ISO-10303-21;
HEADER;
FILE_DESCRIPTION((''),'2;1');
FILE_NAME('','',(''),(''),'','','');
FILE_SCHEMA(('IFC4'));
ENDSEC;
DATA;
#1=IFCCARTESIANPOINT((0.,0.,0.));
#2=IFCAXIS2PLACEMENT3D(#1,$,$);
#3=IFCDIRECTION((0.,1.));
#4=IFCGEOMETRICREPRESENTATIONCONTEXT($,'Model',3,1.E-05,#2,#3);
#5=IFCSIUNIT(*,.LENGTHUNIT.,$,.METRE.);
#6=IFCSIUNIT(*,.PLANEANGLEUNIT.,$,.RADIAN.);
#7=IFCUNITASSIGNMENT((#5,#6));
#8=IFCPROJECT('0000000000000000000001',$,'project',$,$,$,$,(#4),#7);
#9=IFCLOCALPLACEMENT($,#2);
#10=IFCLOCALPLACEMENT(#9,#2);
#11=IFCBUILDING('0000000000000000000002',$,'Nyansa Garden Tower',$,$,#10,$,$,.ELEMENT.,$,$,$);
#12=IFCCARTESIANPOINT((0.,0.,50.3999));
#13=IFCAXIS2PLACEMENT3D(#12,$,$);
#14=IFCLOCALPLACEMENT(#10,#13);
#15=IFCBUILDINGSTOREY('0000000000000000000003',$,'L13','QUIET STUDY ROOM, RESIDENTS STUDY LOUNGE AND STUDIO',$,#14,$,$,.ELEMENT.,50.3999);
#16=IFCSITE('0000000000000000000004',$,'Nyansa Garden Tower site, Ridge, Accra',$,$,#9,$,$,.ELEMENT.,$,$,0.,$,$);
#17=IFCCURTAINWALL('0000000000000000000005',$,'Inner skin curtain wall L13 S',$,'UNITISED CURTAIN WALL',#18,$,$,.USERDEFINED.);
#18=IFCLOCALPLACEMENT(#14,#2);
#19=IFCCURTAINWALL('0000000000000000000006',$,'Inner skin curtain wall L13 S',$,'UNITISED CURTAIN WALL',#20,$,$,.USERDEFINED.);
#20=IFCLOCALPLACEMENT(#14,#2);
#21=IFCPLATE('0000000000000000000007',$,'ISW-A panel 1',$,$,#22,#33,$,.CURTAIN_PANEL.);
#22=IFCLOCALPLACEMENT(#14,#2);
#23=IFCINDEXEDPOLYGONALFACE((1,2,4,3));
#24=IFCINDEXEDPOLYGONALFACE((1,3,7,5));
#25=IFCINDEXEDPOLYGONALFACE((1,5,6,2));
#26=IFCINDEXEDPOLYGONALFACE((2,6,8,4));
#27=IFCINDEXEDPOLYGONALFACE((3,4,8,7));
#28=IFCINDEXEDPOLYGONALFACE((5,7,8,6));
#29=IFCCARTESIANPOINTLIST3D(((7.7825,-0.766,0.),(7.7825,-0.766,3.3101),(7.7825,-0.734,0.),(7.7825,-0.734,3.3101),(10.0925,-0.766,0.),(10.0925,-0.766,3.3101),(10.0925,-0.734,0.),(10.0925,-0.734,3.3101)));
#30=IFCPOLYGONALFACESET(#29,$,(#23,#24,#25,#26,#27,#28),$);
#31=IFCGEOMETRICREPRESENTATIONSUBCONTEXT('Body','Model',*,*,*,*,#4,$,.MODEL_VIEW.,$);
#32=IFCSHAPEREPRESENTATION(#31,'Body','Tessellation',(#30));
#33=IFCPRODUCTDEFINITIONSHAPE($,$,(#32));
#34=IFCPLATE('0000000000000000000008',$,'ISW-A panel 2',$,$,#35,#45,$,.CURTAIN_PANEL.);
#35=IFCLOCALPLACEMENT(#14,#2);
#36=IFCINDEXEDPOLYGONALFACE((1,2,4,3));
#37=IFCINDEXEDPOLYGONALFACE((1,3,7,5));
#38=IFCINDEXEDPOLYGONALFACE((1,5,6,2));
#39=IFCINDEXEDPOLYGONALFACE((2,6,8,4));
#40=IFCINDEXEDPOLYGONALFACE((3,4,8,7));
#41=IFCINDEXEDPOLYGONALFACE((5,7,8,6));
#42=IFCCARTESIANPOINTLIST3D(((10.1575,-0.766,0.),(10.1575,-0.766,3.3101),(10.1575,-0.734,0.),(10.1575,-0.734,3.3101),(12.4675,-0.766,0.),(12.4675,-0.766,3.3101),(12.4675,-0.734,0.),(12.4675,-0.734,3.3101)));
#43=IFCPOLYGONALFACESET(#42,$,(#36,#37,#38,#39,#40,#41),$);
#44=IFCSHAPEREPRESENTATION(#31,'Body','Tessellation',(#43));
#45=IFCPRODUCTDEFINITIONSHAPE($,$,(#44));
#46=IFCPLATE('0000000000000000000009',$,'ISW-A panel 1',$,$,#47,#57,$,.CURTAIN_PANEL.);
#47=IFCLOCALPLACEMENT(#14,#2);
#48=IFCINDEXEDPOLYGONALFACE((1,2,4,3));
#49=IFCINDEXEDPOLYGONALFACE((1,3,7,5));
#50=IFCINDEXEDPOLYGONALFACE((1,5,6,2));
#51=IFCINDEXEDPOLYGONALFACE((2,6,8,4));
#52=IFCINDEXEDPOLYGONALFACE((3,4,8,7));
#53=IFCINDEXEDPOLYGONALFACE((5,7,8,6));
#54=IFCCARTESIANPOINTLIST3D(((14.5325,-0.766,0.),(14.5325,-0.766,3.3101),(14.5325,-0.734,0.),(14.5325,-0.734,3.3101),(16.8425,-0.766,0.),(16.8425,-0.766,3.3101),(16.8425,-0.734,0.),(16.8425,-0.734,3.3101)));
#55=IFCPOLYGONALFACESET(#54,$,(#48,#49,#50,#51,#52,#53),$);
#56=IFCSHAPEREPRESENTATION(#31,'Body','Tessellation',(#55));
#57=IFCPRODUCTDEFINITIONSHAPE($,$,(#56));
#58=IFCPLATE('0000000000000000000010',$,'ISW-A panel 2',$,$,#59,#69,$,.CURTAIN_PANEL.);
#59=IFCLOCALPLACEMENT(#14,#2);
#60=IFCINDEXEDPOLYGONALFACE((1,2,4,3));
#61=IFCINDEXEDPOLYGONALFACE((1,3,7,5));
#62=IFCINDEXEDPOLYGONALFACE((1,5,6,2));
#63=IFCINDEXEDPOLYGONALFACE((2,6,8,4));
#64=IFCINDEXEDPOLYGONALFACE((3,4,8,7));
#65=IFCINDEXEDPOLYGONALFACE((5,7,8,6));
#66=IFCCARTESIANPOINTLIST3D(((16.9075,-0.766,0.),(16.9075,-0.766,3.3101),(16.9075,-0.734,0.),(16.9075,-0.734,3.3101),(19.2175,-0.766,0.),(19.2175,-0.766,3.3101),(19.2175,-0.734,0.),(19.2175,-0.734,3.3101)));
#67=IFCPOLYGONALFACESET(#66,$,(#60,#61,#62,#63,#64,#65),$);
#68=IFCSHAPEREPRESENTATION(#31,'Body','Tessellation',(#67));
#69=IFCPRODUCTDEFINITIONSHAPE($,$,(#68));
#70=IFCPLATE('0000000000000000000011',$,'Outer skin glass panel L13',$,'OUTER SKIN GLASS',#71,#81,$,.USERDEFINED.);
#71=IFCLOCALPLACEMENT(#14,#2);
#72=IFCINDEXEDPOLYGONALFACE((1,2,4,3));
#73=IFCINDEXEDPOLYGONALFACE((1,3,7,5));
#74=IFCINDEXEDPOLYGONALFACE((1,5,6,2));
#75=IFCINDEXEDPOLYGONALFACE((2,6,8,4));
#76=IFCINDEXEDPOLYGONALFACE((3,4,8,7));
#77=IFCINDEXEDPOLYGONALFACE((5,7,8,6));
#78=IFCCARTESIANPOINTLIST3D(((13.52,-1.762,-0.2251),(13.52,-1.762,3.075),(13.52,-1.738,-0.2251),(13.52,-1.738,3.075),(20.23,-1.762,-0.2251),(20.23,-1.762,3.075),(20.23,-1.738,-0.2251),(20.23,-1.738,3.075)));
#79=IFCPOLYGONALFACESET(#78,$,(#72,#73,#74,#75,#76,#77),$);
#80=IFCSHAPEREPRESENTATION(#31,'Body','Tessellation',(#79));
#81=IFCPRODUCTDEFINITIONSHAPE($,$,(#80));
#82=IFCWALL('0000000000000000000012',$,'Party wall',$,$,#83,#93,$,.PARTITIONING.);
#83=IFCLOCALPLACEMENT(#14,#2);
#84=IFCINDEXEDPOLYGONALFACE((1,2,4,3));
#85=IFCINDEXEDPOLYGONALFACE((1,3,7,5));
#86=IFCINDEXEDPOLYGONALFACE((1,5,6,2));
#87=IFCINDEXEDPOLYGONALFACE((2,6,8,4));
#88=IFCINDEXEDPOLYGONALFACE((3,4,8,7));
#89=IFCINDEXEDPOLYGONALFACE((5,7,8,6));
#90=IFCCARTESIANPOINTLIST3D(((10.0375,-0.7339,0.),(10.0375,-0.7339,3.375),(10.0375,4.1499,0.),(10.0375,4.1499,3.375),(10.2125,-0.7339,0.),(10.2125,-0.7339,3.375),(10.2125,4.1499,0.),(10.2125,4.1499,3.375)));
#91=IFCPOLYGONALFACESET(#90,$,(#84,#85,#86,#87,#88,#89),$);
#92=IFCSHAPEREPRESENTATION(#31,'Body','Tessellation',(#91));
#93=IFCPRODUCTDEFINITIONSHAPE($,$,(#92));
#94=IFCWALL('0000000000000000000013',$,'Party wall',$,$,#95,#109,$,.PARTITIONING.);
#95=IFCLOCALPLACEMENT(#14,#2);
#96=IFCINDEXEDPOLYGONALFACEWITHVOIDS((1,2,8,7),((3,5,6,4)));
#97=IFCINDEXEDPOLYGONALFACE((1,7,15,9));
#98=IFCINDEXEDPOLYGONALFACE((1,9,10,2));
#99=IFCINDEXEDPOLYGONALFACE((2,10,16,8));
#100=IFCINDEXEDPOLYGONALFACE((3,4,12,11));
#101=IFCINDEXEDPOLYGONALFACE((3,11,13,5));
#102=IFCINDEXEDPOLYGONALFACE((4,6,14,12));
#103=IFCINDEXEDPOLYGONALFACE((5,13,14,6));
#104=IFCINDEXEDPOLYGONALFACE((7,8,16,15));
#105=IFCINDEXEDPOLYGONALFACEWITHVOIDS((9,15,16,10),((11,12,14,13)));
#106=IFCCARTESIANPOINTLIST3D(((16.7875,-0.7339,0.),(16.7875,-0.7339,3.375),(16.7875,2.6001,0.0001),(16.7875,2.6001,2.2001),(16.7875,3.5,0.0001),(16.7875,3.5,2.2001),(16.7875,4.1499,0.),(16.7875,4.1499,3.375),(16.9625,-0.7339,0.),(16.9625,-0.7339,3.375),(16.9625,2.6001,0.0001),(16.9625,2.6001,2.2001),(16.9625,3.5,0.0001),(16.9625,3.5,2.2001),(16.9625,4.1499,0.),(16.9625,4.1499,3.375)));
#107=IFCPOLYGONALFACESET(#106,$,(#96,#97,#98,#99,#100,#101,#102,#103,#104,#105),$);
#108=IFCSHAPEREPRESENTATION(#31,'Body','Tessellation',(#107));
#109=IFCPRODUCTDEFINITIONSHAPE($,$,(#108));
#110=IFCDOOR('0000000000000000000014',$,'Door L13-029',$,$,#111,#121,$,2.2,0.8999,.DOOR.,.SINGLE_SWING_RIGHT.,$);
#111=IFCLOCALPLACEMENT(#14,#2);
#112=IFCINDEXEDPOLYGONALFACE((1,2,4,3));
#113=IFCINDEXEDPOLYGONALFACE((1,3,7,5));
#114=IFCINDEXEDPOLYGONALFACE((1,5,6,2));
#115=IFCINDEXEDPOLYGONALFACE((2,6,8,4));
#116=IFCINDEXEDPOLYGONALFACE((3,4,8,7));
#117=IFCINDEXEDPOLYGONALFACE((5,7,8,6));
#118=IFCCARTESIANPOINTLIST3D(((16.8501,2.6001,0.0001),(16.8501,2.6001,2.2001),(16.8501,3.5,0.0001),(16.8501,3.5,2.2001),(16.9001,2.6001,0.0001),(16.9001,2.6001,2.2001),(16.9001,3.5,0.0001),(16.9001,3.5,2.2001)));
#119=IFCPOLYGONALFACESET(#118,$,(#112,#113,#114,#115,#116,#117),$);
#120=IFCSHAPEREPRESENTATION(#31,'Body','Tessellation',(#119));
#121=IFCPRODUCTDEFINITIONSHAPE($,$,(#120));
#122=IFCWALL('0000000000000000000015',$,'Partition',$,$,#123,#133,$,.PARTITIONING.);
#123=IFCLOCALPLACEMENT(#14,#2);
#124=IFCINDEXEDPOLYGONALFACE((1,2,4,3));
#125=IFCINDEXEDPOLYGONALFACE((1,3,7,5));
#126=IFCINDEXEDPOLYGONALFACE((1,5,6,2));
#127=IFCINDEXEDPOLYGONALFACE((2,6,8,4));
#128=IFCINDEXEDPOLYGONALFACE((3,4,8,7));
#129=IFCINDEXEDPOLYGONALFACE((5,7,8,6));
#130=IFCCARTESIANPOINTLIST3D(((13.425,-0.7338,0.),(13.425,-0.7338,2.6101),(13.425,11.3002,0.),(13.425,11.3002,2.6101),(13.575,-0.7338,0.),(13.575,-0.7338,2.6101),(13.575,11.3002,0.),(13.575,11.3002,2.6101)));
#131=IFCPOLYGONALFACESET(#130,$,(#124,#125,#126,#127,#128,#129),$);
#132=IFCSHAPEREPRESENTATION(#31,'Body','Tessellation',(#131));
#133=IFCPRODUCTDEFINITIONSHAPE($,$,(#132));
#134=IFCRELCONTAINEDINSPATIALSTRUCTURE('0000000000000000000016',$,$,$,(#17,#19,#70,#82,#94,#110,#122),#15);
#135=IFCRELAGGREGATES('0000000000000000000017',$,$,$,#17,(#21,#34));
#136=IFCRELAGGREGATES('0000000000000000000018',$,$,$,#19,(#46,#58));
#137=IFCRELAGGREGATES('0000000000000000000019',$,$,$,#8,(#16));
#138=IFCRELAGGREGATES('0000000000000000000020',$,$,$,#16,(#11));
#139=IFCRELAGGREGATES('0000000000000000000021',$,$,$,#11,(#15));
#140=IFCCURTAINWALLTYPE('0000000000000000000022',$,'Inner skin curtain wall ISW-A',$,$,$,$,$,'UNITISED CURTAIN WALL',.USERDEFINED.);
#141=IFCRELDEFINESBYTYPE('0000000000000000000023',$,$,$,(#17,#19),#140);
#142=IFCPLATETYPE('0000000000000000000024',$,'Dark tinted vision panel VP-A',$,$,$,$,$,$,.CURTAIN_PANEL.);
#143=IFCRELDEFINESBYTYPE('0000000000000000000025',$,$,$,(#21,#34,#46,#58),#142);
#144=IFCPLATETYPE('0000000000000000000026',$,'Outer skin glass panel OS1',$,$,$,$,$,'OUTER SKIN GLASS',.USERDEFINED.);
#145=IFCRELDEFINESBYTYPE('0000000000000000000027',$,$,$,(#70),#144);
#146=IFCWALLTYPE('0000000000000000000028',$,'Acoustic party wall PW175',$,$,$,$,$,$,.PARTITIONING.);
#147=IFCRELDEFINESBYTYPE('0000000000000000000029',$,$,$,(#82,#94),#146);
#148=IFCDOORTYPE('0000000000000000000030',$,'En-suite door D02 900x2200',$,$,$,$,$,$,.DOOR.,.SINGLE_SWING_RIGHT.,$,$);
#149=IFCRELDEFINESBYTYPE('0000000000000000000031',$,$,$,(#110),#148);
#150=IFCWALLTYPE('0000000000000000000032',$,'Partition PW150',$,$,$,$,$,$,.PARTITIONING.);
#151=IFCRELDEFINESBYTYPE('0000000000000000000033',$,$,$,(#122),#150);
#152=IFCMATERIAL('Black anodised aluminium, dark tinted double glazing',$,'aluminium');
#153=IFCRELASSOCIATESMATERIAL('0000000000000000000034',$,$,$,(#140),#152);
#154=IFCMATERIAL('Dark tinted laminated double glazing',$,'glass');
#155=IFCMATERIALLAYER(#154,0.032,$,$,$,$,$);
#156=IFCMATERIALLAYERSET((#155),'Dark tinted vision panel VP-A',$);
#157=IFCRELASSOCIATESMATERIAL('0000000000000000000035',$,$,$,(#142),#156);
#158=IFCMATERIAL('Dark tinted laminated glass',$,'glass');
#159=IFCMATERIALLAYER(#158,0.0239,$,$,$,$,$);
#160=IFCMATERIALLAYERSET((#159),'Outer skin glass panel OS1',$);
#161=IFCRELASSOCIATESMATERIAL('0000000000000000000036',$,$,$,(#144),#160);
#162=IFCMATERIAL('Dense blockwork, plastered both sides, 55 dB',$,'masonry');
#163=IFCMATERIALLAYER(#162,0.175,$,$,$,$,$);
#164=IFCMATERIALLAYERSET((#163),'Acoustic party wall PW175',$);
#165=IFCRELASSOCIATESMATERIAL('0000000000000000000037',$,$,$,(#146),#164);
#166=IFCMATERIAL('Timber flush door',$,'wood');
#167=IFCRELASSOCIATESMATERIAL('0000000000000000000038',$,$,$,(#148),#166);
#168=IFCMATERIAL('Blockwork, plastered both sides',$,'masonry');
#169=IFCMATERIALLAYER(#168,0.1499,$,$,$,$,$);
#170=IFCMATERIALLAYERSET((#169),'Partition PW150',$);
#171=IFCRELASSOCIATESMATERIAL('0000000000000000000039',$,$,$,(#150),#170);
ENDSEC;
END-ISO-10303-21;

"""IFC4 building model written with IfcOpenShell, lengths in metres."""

from ifc_helpers import new_model, si_unit, direction, frame, frame_2d, origin, origin_2d, place, context, subcontext, project, spatial, rectangle, extrude, material, layer, layer_set, type_object, element, fill, aggregate, save


model = new_model("IFC4")

# Units and contexts
model_context = context("Model", 3, precision=1e-05, world=origin(), true_north=direction((0.0, 1.0)))
body_context = subcontext(model_context, "Body", "Model", "MODEL_VIEW")
ifc_project = project(units=[si_unit("LENGTHUNIT", "METRE"), si_unit("PLANEANGLEUNIT", "RADIAN")], contexts=[model_context])

# Site, building, storey
site_placement = place(None, origin())
site = spatial("IfcSite", under=ifc_project, at=site_placement, Name="Nyansa Garden Tower site, Ridge, Accra", CompositionType="ELEMENT", RefElevation=0.0)
building_placement = place(site_placement, origin())
building = spatial("IfcBuilding", under=site, at=building_placement, Name="Nyansa Garden Tower", CompositionType="ELEMENT")
storey_placement = place(building_placement, frame((0.0, 0.0, 50.3999)))
storey = spatial("IfcBuildingStorey", under=building, at=storey_placement, Name="L13", Description="QUIET STUDY ROOM, RESIDENTS STUDY LOUNGE AND STUDIO", CompositionType="ELEMENT", Elevation=50.3999)

# Curtain walls
ifc_material_1 = material(Name="Black anodised aluminium, dark tinted double glazing", Category="aluminium")
curtain_wall_type = type_object("IfcCurtainWallType", Name="Inner skin curtain wall ISW-A", ElementType="UNITISED CURTAIN WALL", PredefinedType="USERDEFINED", material=ifc_material_1)
curtain_wall_1_placement = place(storey_placement, origin())
curtain_wall_1 = element("IfcCurtainWall", 1, at=curtain_wall_1_placement, inside=storey, type_object=curtain_wall_type, Name="Inner skin curtain wall L13 S", ObjectType="UNITISED CURTAIN WALL", PredefinedType="USERDEFINED")
curtain_wall_2_placement = place(storey_placement, origin())
curtain_wall_2 = element("IfcCurtainWall", 2, at=curtain_wall_2_placement, inside=storey, type_object=curtain_wall_type, Name="Inner skin curtain wall L13 S", ObjectType="UNITISED CURTAIN WALL", PredefinedType="USERDEFINED")

# Plates
ifc_material_2 = material(Name="Dark tinted laminated double glazing", Category="glass")
ifc_layer_1 = layer(ifc_material_2, 0.032)
ifc_layer_set_1 = layer_set([ifc_layer_1], Name="Dark tinted vision panel VP-A")
plate_type_1 = type_object("IfcPlateType", Name="Dark tinted vision panel VP-A", PredefinedType="CURTAIN_PANEL", material=ifc_layer_set_1)
plate_1_placement = place(storey_placement, frame((8.9375, -0.75, 0.0), z_axis=(0.0, 0.0, 1.0), x_axis=(1.0, 0.0, 0.0)))
plate_1 = element("IfcPlate", 3, at=plate_1_placement, type_object=plate_type_1, Name="ISW-A panel 1", PredefinedType="CURTAIN_PANEL", context=body_context, shape_type="SweptSolid", body=[
    extrude(rectangle(XDim=2.3101, YDim=0.032, at=origin_2d()), origin(), (0.0, 0.0, 1.0), 3.3101),
])
plate_2_placement = place(storey_placement, frame((11.3125, -0.75, 0.0), z_axis=(0.0, 0.0, 1.0), x_axis=(1.0, 0.0, 0.0)))
plate_2 = element("IfcPlate", 4, at=plate_2_placement, type_object=plate_type_1, Name="ISW-A panel 2", PredefinedType="CURTAIN_PANEL", context=body_context, shape_type="SweptSolid", body=[
    extrude(rectangle(XDim=2.3101, YDim=0.032, at=origin_2d()), origin(), (0.0, 0.0, 1.0), 3.3101),
])
aggregate(curtain_wall_1, [plate_1, plate_2])
plate_3_placement = place(storey_placement, frame((15.6875, -0.75, 0.0), z_axis=(0.0, 0.0, 1.0), x_axis=(1.0, 0.0, 0.0)))
plate_3 = element("IfcPlate", 5, at=plate_3_placement, type_object=plate_type_1, Name="ISW-A panel 1", PredefinedType="CURTAIN_PANEL", context=body_context, shape_type="SweptSolid", body=[
    extrude(rectangle(XDim=2.3101, YDim=0.032, at=origin_2d()), origin(), (0.0, 0.0, 1.0), 3.3101),
])
plate_4_placement = place(storey_placement, frame((18.0625, -0.75, 0.0), z_axis=(0.0, 0.0, 1.0), x_axis=(1.0, 0.0, 0.0)))
plate_4 = element("IfcPlate", 6, at=plate_4_placement, type_object=plate_type_1, Name="ISW-A panel 2", PredefinedType="CURTAIN_PANEL", context=body_context, shape_type="SweptSolid", body=[
    extrude(rectangle(XDim=2.3101, YDim=0.032, at=origin_2d()), origin(), (0.0, 0.0, 1.0), 3.3101),
])
aggregate(curtain_wall_2, [plate_3, plate_4])
ifc_material_3 = material(Name="Dark tinted laminated glass", Category="glass")
ifc_layer_2 = layer(ifc_material_3, 0.0239)
ifc_layer_set_2 = layer_set([ifc_layer_2], Name="Outer skin glass panel OS1")
plate_type_2 = type_object("IfcPlateType", Name="Outer skin glass panel OS1", ElementType="OUTER SKIN GLASS", PredefinedType="USERDEFINED", material=ifc_layer_set_2)
plate_5_placement = place(storey_placement, frame((16.875, -1.75, -0.2251), z_axis=(0.0, 0.0, 1.0), x_axis=(1.0, 0.0, 0.0)))
element("IfcPlate", 7, at=plate_5_placement, inside=storey, type_object=plate_type_2, Name="Outer skin glass panel L13", ObjectType="OUTER SKIN GLASS", PredefinedType="USERDEFINED", context=body_context, shape_type="SweptSolid", body=[
    extrude(rectangle(XDim=6.71, YDim=0.0239, at=origin_2d()), origin(), (0.0, 0.0, 1.0), 3.3),
])

# Wall
ifc_material_4 = material(Name="Dense blockwork, plastered both sides, 55 dB", Category="masonry")
ifc_layer_3 = layer(ifc_material_4, 0.175)
ifc_layer_set_3 = layer_set([ifc_layer_3], Name="Acoustic party wall PW175")
wall_type_1 = type_object("IfcWallType", Name="Acoustic party wall PW175", PredefinedType="PARTITIONING", material=ifc_layer_set_3)
wall_1_placement = place(storey_placement, frame((10.125, -0.7339, 0.0), z_axis=(0.0, 0.0, 1.0), x_axis=(0.0, 1.0, 0.0)))
element("IfcWall", 8, at=wall_1_placement, inside=storey, type_object=wall_type_1, Name="Party wall", PredefinedType="PARTITIONING", context=body_context, shape_type="SweptSolid", body=[
    extrude(rectangle(XDim=4.8838, YDim=0.175, at=frame_2d((2.4419, 0.0))), origin(), (0.0, 0.0, 1.0), 3.375),
])

# Wall, opening, door
wall_2_placement = place(storey_placement, frame((16.875, -0.7339, 0.0), z_axis=(0.0, 0.0, 1.0), x_axis=(0.0, 1.0, 0.0)))
wall_2 = element("IfcWall", 9, at=wall_2_placement, inside=storey, type_object=wall_type_1, Name="Party wall", PredefinedType="PARTITIONING", context=body_context, shape_type="SweptSolid", body=[
    extrude(rectangle(XDim=4.8838, YDim=0.175, at=frame_2d((2.4419, 0.0))), origin(), (0.0, 0.0, 1.0), 3.375),
])
opening_placement = place(wall_2_placement, frame((3.334, 0.0, 0.0)))
opening = element("IfcOpeningElement", 10, at=opening_placement, cuts=wall_2, PredefinedType="OPENING", context=body_context, shape_type="SweptSolid", body=[
    extrude(rectangle(XDim=0.8999, YDim=2.2, at=frame_2d((0.45, 1.1001))), frame((0.0, 0.0974, 0.0), z_axis=(0.0, -1.0, 0.0), x_axis=(1.0, 0.0, 0.0)), (0.0, 0.0, 1.0), 0.1951),
])
ifc_material_5 = material(Name="Timber flush door", Category="wood")
door_type = type_object("IfcDoorType", Name="En-suite door D02 900x2200", OperationType="SINGLE_SWING_RIGHT", PredefinedType="DOOR", material=ifc_material_5)
door_placement = place(opening_placement, origin())
door = element("IfcDoor", 11, at=door_placement, inside=storey, type_object=door_type, Name="Door L13-029", OperationType="SINGLE_SWING_RIGHT", OverallHeight=2.2, OverallWidth=0.8999, PredefinedType="DOOR", context=body_context, shape_type="SweptSolid", body=[
    extrude(rectangle(XDim=0.8999, YDim=2.2, at=frame_2d((0.45, 1.1001))), frame((0.0, 0.0249, 0.0), z_axis=(0.0, -1.0, 0.0), x_axis=(1.0, 0.0, 0.0)), (0.0, 0.0, 1.0), 0.05),
])
fill(opening, door)

# Wall
ifc_material_6 = material(Name="Blockwork, plastered both sides", Category="masonry")
ifc_layer_4 = layer(ifc_material_6, 0.1499)
ifc_layer_set_4 = layer_set([ifc_layer_4], Name="Partition PW150")
wall_type_2 = type_object("IfcWallType", Name="Partition PW150", PredefinedType="PARTITIONING", material=ifc_layer_set_4)
wall_3_placement = place(storey_placement, frame((13.5, -0.7339, 0.0), z_axis=(0.0, 0.0, 1.0), x_axis=(0.0, 1.0, 0.0)))
element("IfcWall", 12, at=wall_3_placement, inside=storey, type_object=wall_type_2, Name="Partition", PredefinedType="PARTITIONING", context=body_context, shape_type="SweptSolid", body=[
    extrude(rectangle(XDim=12.0339, YDim=0.1499, at=frame_2d((6.0171, 0.0))), origin(), (0.0, 0.0, 1.0), 2.6101),
])

save(model, "model.ifc")
